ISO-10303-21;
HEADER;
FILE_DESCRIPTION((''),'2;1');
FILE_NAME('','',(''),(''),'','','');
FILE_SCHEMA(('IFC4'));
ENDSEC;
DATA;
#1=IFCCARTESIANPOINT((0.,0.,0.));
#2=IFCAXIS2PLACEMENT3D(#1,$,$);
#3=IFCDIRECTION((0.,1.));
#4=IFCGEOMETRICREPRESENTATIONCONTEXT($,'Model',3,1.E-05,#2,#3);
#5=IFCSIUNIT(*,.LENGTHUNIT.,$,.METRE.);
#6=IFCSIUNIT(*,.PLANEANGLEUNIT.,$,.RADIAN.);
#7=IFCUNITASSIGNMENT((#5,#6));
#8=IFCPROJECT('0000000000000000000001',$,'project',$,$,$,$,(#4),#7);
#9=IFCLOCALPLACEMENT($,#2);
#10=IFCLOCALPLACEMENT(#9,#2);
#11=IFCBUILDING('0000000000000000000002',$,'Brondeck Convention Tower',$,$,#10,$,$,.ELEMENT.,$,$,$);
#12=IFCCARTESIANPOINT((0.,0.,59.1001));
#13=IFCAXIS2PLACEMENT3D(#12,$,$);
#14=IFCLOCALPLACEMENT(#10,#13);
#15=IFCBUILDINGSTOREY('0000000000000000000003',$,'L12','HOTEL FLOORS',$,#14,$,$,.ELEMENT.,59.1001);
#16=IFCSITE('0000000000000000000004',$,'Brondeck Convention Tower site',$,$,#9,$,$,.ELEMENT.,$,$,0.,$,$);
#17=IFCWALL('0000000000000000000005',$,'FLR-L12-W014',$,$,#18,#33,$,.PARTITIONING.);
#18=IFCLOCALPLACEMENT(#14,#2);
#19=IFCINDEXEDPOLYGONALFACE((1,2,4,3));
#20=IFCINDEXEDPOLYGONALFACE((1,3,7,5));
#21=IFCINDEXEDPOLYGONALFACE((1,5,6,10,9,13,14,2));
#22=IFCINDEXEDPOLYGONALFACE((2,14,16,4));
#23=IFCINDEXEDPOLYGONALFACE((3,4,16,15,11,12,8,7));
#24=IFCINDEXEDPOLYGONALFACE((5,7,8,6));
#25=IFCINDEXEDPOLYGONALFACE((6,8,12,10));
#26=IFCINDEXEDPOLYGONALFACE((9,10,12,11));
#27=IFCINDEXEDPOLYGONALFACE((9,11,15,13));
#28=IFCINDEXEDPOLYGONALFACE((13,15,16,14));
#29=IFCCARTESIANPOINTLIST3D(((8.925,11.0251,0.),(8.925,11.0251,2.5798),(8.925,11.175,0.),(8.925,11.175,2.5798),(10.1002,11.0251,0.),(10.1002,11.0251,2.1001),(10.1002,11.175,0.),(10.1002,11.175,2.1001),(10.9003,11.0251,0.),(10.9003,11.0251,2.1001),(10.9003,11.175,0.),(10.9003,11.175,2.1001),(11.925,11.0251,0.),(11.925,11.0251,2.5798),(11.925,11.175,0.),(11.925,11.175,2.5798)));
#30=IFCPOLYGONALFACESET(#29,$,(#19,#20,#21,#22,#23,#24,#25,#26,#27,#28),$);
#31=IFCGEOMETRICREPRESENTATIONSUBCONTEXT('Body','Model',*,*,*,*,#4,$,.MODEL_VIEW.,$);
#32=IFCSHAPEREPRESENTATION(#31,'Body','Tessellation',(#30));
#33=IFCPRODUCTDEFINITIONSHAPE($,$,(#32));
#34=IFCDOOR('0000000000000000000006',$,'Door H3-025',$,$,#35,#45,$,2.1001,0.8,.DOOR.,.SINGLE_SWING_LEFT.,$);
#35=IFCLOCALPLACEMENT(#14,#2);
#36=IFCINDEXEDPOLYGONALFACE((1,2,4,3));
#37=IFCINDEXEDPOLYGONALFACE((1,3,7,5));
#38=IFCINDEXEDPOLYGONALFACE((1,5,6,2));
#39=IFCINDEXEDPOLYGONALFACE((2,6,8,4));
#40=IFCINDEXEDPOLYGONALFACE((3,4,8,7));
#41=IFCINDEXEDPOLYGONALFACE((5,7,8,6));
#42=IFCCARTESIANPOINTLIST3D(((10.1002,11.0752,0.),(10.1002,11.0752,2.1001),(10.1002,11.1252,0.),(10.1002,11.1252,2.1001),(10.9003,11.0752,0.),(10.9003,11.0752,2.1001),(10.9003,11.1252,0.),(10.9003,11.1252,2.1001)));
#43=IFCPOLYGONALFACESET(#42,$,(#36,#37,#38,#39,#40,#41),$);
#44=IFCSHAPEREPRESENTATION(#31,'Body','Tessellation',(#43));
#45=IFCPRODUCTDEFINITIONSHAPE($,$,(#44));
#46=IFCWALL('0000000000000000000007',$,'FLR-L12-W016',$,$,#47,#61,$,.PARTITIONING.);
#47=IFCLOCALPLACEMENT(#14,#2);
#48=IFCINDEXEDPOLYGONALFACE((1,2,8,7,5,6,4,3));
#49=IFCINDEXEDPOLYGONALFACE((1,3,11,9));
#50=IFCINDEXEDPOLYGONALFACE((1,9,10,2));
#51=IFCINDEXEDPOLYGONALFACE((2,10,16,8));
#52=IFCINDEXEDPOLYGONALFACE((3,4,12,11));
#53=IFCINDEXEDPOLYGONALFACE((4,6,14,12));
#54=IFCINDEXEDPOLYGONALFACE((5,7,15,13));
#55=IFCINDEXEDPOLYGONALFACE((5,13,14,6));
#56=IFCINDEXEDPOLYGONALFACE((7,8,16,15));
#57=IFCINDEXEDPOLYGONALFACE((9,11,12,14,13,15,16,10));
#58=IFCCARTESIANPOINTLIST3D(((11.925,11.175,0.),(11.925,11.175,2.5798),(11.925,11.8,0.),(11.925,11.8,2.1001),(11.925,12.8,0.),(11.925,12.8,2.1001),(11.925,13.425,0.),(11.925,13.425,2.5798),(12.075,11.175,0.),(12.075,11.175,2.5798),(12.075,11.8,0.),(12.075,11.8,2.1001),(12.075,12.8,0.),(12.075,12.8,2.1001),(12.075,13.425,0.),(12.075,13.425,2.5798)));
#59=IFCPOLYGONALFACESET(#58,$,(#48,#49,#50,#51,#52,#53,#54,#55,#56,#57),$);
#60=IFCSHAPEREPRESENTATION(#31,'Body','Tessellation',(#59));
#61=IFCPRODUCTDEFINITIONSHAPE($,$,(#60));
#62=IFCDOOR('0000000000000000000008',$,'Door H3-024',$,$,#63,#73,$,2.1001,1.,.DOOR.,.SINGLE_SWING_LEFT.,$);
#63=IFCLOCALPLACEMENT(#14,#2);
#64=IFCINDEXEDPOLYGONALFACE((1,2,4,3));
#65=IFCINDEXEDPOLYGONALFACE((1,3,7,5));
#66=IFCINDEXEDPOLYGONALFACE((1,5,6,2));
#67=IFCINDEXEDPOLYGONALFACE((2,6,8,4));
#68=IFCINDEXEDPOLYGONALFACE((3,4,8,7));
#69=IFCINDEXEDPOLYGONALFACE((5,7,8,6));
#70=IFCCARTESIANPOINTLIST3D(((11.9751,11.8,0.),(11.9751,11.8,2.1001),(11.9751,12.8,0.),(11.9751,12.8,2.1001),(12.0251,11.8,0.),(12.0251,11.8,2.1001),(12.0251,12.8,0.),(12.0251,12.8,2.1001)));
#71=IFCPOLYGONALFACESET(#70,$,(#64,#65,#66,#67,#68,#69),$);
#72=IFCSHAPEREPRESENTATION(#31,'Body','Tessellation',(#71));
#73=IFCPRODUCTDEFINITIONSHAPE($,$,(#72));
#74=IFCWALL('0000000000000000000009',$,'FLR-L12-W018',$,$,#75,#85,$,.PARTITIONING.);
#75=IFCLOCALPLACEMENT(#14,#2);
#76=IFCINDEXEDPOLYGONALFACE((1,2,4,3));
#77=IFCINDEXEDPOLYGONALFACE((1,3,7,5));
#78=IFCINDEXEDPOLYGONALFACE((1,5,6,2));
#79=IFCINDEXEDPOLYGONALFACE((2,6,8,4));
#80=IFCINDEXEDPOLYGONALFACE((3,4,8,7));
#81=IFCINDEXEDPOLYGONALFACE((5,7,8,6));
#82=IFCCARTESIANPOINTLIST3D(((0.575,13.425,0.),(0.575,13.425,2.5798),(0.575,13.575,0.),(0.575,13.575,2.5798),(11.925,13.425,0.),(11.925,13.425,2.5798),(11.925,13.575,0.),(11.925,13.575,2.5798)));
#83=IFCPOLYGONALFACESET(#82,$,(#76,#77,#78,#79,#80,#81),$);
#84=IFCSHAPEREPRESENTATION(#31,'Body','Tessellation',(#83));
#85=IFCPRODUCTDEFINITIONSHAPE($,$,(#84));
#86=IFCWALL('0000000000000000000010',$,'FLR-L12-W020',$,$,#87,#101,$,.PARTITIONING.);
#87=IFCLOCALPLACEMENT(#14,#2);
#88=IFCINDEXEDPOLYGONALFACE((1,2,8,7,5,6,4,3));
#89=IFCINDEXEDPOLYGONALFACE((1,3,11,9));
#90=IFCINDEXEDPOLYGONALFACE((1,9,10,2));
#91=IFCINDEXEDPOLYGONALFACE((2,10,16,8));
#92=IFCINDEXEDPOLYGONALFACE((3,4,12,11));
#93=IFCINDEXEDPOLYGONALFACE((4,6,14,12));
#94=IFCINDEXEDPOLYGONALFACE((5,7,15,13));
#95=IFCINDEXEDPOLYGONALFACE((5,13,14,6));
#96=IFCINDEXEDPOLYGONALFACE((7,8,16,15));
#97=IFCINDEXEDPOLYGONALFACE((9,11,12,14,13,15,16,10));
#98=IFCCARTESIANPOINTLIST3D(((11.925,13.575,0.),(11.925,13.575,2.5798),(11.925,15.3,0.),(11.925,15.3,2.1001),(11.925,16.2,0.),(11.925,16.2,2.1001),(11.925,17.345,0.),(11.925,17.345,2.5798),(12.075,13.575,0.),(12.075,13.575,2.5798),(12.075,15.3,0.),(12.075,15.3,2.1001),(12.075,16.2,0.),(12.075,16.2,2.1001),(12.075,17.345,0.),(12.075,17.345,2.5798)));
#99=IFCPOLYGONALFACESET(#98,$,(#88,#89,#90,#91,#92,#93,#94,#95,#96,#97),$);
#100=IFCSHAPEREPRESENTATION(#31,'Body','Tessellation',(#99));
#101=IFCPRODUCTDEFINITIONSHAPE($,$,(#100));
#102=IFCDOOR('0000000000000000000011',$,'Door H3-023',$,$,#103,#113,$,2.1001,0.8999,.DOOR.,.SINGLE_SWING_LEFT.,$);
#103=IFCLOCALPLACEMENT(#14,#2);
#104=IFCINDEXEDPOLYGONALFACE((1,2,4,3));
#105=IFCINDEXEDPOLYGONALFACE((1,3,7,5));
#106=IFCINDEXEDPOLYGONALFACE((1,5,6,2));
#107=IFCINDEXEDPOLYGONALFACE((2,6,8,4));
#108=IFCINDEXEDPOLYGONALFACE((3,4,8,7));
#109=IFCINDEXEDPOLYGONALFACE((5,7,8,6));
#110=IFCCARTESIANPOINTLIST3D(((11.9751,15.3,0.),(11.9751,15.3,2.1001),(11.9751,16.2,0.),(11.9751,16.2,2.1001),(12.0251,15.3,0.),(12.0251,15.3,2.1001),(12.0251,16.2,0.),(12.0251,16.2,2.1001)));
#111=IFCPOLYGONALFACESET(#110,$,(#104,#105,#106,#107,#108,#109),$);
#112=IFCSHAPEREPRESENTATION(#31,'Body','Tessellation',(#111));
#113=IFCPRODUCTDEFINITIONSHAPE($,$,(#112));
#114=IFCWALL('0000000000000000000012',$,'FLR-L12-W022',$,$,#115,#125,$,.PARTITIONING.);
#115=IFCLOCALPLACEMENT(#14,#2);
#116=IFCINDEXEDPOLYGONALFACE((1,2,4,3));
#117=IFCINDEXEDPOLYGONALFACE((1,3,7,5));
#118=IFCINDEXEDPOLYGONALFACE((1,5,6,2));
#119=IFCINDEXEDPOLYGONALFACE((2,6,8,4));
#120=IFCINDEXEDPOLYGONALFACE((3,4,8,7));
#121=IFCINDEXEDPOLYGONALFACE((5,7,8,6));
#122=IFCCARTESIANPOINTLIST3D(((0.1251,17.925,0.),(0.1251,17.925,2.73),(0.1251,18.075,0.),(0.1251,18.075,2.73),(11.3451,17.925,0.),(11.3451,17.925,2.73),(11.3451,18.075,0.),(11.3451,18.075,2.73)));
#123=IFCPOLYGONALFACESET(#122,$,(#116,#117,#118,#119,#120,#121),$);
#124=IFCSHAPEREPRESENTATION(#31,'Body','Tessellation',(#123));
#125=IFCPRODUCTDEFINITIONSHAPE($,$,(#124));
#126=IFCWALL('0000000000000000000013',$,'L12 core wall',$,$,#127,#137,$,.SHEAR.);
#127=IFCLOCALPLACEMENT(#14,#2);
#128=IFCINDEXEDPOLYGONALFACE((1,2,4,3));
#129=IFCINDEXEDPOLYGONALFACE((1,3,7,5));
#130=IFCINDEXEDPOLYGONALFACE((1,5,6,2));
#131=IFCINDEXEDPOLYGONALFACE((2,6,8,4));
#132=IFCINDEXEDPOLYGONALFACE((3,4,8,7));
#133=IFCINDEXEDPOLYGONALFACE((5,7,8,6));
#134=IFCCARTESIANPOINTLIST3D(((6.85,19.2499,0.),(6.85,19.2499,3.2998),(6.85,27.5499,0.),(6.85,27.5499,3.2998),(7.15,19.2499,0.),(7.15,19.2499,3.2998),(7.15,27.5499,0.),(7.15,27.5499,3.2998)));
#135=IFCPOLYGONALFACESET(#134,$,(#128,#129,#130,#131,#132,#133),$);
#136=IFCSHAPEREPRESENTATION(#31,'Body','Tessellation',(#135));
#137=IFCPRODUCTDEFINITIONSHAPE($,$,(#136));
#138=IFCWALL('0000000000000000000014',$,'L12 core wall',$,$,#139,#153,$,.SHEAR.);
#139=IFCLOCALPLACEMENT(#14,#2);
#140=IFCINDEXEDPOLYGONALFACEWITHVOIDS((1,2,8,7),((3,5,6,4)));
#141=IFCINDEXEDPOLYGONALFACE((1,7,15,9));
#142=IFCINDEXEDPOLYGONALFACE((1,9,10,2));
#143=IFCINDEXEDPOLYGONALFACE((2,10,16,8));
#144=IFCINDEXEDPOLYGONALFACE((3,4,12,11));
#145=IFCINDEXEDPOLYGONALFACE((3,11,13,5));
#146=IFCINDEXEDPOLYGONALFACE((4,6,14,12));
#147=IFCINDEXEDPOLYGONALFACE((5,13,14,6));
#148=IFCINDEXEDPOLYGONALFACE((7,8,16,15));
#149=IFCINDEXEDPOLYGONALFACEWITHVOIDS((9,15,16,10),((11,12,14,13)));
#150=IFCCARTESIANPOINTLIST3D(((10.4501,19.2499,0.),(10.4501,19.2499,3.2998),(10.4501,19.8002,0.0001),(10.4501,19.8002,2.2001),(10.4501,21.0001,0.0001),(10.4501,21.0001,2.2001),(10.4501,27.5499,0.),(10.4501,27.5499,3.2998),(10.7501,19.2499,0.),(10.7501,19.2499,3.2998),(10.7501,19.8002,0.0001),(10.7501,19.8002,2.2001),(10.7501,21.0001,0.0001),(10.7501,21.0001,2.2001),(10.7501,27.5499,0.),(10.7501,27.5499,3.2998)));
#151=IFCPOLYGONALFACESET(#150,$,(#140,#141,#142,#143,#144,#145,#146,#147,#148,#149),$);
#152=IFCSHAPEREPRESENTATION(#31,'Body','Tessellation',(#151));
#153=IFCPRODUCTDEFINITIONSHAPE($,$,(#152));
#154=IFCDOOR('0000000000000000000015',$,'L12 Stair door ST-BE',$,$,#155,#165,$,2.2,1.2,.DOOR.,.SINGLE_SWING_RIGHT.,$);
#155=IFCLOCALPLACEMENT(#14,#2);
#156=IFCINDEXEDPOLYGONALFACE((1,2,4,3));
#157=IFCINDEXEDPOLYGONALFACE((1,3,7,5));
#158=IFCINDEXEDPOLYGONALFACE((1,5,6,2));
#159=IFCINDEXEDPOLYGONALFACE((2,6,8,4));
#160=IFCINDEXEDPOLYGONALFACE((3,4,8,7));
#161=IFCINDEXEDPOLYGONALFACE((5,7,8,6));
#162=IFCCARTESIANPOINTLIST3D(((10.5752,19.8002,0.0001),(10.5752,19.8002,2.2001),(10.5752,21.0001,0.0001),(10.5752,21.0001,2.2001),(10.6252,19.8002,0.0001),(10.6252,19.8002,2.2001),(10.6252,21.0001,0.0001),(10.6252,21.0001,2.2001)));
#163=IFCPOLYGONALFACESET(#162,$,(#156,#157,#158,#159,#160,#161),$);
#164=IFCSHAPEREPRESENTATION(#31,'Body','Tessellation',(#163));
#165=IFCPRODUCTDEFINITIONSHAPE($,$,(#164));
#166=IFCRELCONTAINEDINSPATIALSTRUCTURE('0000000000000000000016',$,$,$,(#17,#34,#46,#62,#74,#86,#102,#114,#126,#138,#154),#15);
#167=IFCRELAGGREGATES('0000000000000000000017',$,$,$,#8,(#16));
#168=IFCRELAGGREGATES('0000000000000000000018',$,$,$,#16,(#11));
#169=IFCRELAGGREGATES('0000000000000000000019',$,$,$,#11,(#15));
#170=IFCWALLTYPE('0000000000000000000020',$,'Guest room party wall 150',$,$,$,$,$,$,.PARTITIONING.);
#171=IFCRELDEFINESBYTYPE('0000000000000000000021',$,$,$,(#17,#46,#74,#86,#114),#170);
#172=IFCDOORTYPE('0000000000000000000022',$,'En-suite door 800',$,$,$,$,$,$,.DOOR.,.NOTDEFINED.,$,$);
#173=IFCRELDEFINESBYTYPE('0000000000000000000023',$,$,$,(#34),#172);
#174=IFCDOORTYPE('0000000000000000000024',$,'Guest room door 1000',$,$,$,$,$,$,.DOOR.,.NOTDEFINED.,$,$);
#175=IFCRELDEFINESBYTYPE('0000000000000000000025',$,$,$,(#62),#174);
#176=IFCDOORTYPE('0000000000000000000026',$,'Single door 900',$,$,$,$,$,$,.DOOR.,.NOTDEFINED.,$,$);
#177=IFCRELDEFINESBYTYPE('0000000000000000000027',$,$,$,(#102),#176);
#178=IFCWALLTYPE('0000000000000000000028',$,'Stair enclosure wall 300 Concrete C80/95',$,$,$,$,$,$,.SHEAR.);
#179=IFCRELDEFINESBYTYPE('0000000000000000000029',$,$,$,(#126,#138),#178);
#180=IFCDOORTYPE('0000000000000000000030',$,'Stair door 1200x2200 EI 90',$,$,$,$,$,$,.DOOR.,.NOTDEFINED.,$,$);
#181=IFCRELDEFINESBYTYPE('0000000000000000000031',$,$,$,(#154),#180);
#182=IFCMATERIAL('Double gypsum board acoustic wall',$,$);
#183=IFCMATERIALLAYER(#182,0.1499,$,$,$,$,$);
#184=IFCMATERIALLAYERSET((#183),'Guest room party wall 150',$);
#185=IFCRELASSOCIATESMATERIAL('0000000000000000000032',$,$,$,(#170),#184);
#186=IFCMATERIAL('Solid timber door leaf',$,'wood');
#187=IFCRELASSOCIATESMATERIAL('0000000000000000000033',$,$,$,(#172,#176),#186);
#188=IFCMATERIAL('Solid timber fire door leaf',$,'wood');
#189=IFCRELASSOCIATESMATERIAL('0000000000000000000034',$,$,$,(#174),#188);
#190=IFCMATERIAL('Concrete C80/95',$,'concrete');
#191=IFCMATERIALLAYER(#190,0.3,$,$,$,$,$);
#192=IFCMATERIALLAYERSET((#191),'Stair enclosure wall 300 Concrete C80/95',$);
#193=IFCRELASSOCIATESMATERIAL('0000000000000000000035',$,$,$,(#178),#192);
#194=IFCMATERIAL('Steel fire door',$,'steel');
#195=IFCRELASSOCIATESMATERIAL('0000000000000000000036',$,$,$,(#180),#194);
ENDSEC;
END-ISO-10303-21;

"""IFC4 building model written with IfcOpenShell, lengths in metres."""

from ifc_helpers import new_model, si_unit, direction, frame, frame_2d, origin, place, context, subcontext, project, spatial, rectangle, extrude, material, layer, layer_set, type_object, element, fill, save


model = new_model("IFC4")

# Units and contexts
model_context = context("Model", 3, precision=1e-05, world=origin(), true_north=direction((0.0, 1.0)))
body_context = subcontext(model_context, "Body", "Model", "MODEL_VIEW")
ifc_project = project(units=[si_unit("LENGTHUNIT", "METRE"), si_unit("PLANEANGLEUNIT", "RADIAN")], contexts=[model_context])

# Site, building, storey
site_placement = place(None, origin())
site = spatial("IfcSite", under=ifc_project, at=site_placement, Name="Brondeck Convention Tower site", CompositionType="ELEMENT", RefElevation=0.0)
building_placement = place(site_placement, origin())
building = spatial("IfcBuilding", under=site, at=building_placement, Name="Brondeck Convention Tower", CompositionType="ELEMENT")
storey_placement = place(building_placement, frame((0.0, 0.0, 59.1001)))
storey = spatial("IfcBuildingStorey", under=building, at=storey_placement, Name="L12", Description="HOTEL FLOORS", CompositionType="ELEMENT", Elevation=59.1001)

# Shared definitions
ifc_material_1 = material(Name="Concrete C80/95", Category="concrete")

# Shared definitions
ifc_material_2 = material(Name="Double gypsum board acoustic wall")
ifc_layer_1 = layer(ifc_material_2, 0.1499)
ifc_layer_set_1 = layer_set([ifc_layer_1], Name="Guest room party wall 150")
wall_type_1 = type_object("IfcWallType", Name="Guest room party wall 150", PredefinedType="PARTITIONING", material=ifc_layer_set_1)

# Walls, openings, doors
wall_1_placement = place(storey_placement, frame((11.925, 11.1001, 0.0), z_axis=(0.0, 0.0, 1.0), x_axis=(-1.0, 0.0, 0.0)))
wall_1 = element("IfcWall", 1, at=wall_1_placement, inside=storey, type_object=wall_type_1, Name="FLR-L12-W014", PredefinedType="PARTITIONING", context=body_context, shape_type="SweptSolid", body=[
    extrude(rectangle(XDim=3.0, YDim=0.1499, at=frame_2d((1.5, 0.0))), origin(), (0.0, 0.0, 1.0), 2.5798),
])
opening_1_placement = place(wall_1_placement, frame((1.0249, 0.0, 0.0)))
opening_1 = element("IfcOpeningElement", 2, at=opening_1_placement, cuts=wall_1, PredefinedType="OPENING", context=body_context, shape_type="SweptSolid", body=[
    extrude(rectangle(XDim=0.8, YDim=2.1001, at=frame_2d((0.3999, 1.05))), frame((0.0, 0.085, 0.0), z_axis=(0.0, -1.0, 0.0), x_axis=(1.0, 0.0, 0.0)), (0.0, 0.0, 1.0), 0.1699),
])
ifc_material_3 = material(Name="Solid timber door leaf", Category="wood")
door_type_1 = type_object("IfcDoorType", Name="En-suite door 800", OperationType="NOTDEFINED", PredefinedType="DOOR", material=ifc_material_3)
door_1_placement = place(opening_1_placement, origin())
door_1 = element("IfcDoor", 3, at=door_1_placement, inside=storey, type_object=door_type_1, Name="Door H3-025", OperationType="SINGLE_SWING_LEFT", OverallHeight=2.1001, OverallWidth=0.8, PredefinedType="DOOR", context=body_context, shape_type="SweptSolid", body=[
    extrude(rectangle(XDim=0.8, YDim=2.1001, at=frame_2d((0.3999, 1.05))), frame((0.0, 0.0249, 0.0), z_axis=(0.0, -1.0, 0.0), x_axis=(1.0, 0.0, 0.0)), (0.0, 0.0, 1.0), 0.05),
])
fill(opening_1, door_1)
wall_2_placement = place(storey_placement, frame((12.0, 11.175, 0.0), z_axis=(0.0, 0.0, 1.0), x_axis=(0.0, 1.0, 0.0)))
wall_2 = element("IfcWall", 4, at=wall_2_placement, inside=storey, type_object=wall_type_1, Name="FLR-L12-W016", PredefinedType="PARTITIONING", context=body_context, shape_type="SweptSolid", body=[
    extrude(rectangle(XDim=2.25, YDim=0.1499, at=frame_2d((1.125, 0.0))), origin(), (0.0, 0.0, 1.0), 2.5798),
])
opening_2_placement = place(wall_2_placement, frame((0.625, 0.0, 0.0)))
opening_2 = element("IfcOpeningElement", 5, at=opening_2_placement, cuts=wall_2, PredefinedType="OPENING", context=body_context, shape_type="SweptSolid", body=[
    extrude(rectangle(XDim=1.0, YDim=2.1001, at=frame_2d((0.5, 1.05))), frame((0.0, 0.085, 0.0), z_axis=(0.0, -1.0, 0.0), x_axis=(1.0, 0.0, 0.0)), (0.0, 0.0, 1.0), 0.1699),
])
ifc_material_4 = material(Name="Solid timber fire door leaf", Category="wood")
door_type_2 = type_object("IfcDoorType", Name="Guest room door 1000", OperationType="NOTDEFINED", PredefinedType="DOOR", material=ifc_material_4)
door_2_placement = place(opening_2_placement, origin())
door_2 = element("IfcDoor", 6, at=door_2_placement, inside=storey, type_object=door_type_2, Name="Door H3-024", OperationType="SINGLE_SWING_LEFT", OverallHeight=2.1001, OverallWidth=1.0, PredefinedType="DOOR", context=body_context, shape_type="SweptSolid", body=[
    extrude(rectangle(XDim=1.0, YDim=2.1001, at=frame_2d((0.5, 1.05))), frame((0.0, 0.0249, 0.0), z_axis=(0.0, -1.0, 0.0), x_axis=(1.0, 0.0, 0.0)), (0.0, 0.0, 1.0), 0.05),
])
fill(opening_2, door_2)

# Wall
wall_3_placement = place(storey_placement, frame((11.925, 13.5, 0.0), z_axis=(0.0, 0.0, 1.0), x_axis=(-1.0, 0.0, 0.0)))
element("IfcWall", 7, at=wall_3_placement, inside=storey, type_object=wall_type_1, Name="FLR-L12-W018", PredefinedType="PARTITIONING", context=body_context, shape_type="SweptSolid", body=[
    extrude(rectangle(XDim=11.3501, YDim=0.1499, at=frame_2d((5.675, 0.0))), origin(), (0.0, 0.0, 1.0), 2.5798),
])

# Wall, opening, door
wall_4_placement = place(storey_placement, frame((12.0, 13.575, 0.0), z_axis=(0.0, 0.0, 1.0), x_axis=(0.0, 1.0, 0.0)))
wall_4 = element("IfcWall", 8, at=wall_4_placement, inside=storey, type_object=wall_type_1, Name="FLR-L12-W020", PredefinedType="PARTITIONING", context=body_context, shape_type="SweptSolid", body=[
    extrude(rectangle(XDim=3.77, YDim=0.1499, at=frame_2d((1.885, 0.0))), origin(), (0.0, 0.0, 1.0), 2.5798),
])
opening_3_placement = place(wall_4_placement, frame((1.7251, 0.0, 0.0)))
opening_3 = element("IfcOpeningElement", 9, at=opening_3_placement, cuts=wall_4, PredefinedType="OPENING", context=body_context, shape_type="SweptSolid", body=[
    extrude(rectangle(XDim=0.8999, YDim=2.1001, at=frame_2d((0.45, 1.05))), frame((0.0, 0.085, 0.0), z_axis=(0.0, -1.0, 0.0), x_axis=(1.0, 0.0, 0.0)), (0.0, 0.0, 1.0), 0.1699),
])
door_type_3 = type_object("IfcDoorType", Name="Single door 900", OperationType="NOTDEFINED", PredefinedType="DOOR", material=ifc_material_3)
door_3_placement = place(opening_3_placement, origin())
door_3 = element("IfcDoor", 10, at=door_3_placement, inside=storey, type_object=door_type_3, Name="Door H3-023", OperationType="SINGLE_SWING_LEFT", OverallHeight=2.1001, OverallWidth=0.8999, PredefinedType="DOOR", context=body_context, shape_type="SweptSolid", body=[
    extrude(rectangle(XDim=0.8999, YDim=2.1001, at=frame_2d((0.45, 1.05))), frame((0.0, 0.0249, 0.0), z_axis=(0.0, -1.0, 0.0), x_axis=(1.0, 0.0, 0.0)), (0.0, 0.0, 1.0), 0.05),
])
fill(opening_3, door_3)

# Walls
wall_5_placement = place(storey_placement, frame((11.345, 18.0, 0.0), z_axis=(0.0, 0.0, 1.0), x_axis=(-1.0, 0.0, 0.0)))
element("IfcWall", 11, at=wall_5_placement, inside=storey, type_object=wall_type_1, Name="FLR-L12-W022", PredefinedType="PARTITIONING", context=body_context, shape_type="SweptSolid", body=[
    extrude(rectangle(XDim=11.22, YDim=0.1499, at=frame_2d((5.6099, 0.0))), origin(), (0.0, 0.0, 1.0), 2.73),
])
ifc_layer_2 = layer(ifc_material_1, 0.3)
ifc_layer_set_2 = layer_set([ifc_layer_2], Name="Stair enclosure wall 300 Concrete C80/95")
wall_type_2 = type_object("IfcWallType", Name="Stair enclosure wall 300 Concrete C80/95", PredefinedType="SHEAR", material=ifc_layer_set_2)
wall_6_placement = place(storey_placement, frame((7.0, 19.25, 0.0), z_axis=(0.0, 0.0, 1.0), x_axis=(0.0, 1.0, 0.0)))
element("IfcWall", 12, at=wall_6_placement, inside=storey, type_object=wall_type_2, Name="L12 core wall", PredefinedType="SHEAR", context=body_context, shape_type="SweptSolid", body=[
    extrude(rectangle(XDim=8.3, YDim=0.3, at=frame_2d((4.1499, 0.0))), origin(), (0.0, 0.0, 1.0), 3.2998),
])

# Wall, opening, door
wall_7_placement = place(storey_placement, frame((10.6001, 19.25, 0.0), z_axis=(0.0, 0.0, 1.0), x_axis=(0.0, 1.0, 0.0)))
wall_7 = element("IfcWall", 13, at=wall_7_placement, inside=storey, type_object=wall_type_2, Name="L12 core wall", PredefinedType="SHEAR", context=body_context, shape_type="SweptSolid", body=[
    extrude(rectangle(XDim=8.3, YDim=0.3, at=frame_2d((4.1499, 0.0))), origin(), (0.0, 0.0, 1.0), 3.2998),
])
opening_4_placement = place(wall_7_placement, frame((0.55, 0.0, 0.0)))
opening_4 = element("IfcOpeningElement", 14, at=opening_4_placement, cuts=wall_7, PredefinedType="OPENING", context=body_context, shape_type="SweptSolid", body=[
    extrude(rectangle(XDim=1.2, YDim=2.2, at=frame_2d((0.6001, 1.1001))), frame((0.0, 0.1599, 0.0), z_axis=(0.0, -1.0, 0.0), x_axis=(1.0, 0.0, 0.0)), (0.0, 0.0, 1.0), 0.3201),
])
ifc_material_5 = material(Name="Steel fire door", Category="steel")
door_type_4 = type_object("IfcDoorType", Name="Stair door 1200x2200 EI 90", OperationType="NOTDEFINED", PredefinedType="DOOR", material=ifc_material_5)
door_4_placement = place(opening_4_placement, origin())
door_4 = element("IfcDoor", 15, at=door_4_placement, inside=storey, type_object=door_type_4, Name="L12 Stair door ST-BE", OperationType="SINGLE_SWING_RIGHT", OverallHeight=2.2, OverallWidth=1.2, PredefinedType="DOOR", context=body_context, shape_type="SweptSolid", body=[
    extrude(rectangle(XDim=1.2, YDim=2.2, at=frame_2d((0.6001, 1.1001))), frame((0.0, 0.0249, 0.0), z_axis=(0.0, -1.0, 0.0), x_axis=(1.0, 0.0, 0.0)), (0.0, 0.0, 1.0), 0.05),
])
fill(opening_4, door_4)

save(model, "model.ifc")
